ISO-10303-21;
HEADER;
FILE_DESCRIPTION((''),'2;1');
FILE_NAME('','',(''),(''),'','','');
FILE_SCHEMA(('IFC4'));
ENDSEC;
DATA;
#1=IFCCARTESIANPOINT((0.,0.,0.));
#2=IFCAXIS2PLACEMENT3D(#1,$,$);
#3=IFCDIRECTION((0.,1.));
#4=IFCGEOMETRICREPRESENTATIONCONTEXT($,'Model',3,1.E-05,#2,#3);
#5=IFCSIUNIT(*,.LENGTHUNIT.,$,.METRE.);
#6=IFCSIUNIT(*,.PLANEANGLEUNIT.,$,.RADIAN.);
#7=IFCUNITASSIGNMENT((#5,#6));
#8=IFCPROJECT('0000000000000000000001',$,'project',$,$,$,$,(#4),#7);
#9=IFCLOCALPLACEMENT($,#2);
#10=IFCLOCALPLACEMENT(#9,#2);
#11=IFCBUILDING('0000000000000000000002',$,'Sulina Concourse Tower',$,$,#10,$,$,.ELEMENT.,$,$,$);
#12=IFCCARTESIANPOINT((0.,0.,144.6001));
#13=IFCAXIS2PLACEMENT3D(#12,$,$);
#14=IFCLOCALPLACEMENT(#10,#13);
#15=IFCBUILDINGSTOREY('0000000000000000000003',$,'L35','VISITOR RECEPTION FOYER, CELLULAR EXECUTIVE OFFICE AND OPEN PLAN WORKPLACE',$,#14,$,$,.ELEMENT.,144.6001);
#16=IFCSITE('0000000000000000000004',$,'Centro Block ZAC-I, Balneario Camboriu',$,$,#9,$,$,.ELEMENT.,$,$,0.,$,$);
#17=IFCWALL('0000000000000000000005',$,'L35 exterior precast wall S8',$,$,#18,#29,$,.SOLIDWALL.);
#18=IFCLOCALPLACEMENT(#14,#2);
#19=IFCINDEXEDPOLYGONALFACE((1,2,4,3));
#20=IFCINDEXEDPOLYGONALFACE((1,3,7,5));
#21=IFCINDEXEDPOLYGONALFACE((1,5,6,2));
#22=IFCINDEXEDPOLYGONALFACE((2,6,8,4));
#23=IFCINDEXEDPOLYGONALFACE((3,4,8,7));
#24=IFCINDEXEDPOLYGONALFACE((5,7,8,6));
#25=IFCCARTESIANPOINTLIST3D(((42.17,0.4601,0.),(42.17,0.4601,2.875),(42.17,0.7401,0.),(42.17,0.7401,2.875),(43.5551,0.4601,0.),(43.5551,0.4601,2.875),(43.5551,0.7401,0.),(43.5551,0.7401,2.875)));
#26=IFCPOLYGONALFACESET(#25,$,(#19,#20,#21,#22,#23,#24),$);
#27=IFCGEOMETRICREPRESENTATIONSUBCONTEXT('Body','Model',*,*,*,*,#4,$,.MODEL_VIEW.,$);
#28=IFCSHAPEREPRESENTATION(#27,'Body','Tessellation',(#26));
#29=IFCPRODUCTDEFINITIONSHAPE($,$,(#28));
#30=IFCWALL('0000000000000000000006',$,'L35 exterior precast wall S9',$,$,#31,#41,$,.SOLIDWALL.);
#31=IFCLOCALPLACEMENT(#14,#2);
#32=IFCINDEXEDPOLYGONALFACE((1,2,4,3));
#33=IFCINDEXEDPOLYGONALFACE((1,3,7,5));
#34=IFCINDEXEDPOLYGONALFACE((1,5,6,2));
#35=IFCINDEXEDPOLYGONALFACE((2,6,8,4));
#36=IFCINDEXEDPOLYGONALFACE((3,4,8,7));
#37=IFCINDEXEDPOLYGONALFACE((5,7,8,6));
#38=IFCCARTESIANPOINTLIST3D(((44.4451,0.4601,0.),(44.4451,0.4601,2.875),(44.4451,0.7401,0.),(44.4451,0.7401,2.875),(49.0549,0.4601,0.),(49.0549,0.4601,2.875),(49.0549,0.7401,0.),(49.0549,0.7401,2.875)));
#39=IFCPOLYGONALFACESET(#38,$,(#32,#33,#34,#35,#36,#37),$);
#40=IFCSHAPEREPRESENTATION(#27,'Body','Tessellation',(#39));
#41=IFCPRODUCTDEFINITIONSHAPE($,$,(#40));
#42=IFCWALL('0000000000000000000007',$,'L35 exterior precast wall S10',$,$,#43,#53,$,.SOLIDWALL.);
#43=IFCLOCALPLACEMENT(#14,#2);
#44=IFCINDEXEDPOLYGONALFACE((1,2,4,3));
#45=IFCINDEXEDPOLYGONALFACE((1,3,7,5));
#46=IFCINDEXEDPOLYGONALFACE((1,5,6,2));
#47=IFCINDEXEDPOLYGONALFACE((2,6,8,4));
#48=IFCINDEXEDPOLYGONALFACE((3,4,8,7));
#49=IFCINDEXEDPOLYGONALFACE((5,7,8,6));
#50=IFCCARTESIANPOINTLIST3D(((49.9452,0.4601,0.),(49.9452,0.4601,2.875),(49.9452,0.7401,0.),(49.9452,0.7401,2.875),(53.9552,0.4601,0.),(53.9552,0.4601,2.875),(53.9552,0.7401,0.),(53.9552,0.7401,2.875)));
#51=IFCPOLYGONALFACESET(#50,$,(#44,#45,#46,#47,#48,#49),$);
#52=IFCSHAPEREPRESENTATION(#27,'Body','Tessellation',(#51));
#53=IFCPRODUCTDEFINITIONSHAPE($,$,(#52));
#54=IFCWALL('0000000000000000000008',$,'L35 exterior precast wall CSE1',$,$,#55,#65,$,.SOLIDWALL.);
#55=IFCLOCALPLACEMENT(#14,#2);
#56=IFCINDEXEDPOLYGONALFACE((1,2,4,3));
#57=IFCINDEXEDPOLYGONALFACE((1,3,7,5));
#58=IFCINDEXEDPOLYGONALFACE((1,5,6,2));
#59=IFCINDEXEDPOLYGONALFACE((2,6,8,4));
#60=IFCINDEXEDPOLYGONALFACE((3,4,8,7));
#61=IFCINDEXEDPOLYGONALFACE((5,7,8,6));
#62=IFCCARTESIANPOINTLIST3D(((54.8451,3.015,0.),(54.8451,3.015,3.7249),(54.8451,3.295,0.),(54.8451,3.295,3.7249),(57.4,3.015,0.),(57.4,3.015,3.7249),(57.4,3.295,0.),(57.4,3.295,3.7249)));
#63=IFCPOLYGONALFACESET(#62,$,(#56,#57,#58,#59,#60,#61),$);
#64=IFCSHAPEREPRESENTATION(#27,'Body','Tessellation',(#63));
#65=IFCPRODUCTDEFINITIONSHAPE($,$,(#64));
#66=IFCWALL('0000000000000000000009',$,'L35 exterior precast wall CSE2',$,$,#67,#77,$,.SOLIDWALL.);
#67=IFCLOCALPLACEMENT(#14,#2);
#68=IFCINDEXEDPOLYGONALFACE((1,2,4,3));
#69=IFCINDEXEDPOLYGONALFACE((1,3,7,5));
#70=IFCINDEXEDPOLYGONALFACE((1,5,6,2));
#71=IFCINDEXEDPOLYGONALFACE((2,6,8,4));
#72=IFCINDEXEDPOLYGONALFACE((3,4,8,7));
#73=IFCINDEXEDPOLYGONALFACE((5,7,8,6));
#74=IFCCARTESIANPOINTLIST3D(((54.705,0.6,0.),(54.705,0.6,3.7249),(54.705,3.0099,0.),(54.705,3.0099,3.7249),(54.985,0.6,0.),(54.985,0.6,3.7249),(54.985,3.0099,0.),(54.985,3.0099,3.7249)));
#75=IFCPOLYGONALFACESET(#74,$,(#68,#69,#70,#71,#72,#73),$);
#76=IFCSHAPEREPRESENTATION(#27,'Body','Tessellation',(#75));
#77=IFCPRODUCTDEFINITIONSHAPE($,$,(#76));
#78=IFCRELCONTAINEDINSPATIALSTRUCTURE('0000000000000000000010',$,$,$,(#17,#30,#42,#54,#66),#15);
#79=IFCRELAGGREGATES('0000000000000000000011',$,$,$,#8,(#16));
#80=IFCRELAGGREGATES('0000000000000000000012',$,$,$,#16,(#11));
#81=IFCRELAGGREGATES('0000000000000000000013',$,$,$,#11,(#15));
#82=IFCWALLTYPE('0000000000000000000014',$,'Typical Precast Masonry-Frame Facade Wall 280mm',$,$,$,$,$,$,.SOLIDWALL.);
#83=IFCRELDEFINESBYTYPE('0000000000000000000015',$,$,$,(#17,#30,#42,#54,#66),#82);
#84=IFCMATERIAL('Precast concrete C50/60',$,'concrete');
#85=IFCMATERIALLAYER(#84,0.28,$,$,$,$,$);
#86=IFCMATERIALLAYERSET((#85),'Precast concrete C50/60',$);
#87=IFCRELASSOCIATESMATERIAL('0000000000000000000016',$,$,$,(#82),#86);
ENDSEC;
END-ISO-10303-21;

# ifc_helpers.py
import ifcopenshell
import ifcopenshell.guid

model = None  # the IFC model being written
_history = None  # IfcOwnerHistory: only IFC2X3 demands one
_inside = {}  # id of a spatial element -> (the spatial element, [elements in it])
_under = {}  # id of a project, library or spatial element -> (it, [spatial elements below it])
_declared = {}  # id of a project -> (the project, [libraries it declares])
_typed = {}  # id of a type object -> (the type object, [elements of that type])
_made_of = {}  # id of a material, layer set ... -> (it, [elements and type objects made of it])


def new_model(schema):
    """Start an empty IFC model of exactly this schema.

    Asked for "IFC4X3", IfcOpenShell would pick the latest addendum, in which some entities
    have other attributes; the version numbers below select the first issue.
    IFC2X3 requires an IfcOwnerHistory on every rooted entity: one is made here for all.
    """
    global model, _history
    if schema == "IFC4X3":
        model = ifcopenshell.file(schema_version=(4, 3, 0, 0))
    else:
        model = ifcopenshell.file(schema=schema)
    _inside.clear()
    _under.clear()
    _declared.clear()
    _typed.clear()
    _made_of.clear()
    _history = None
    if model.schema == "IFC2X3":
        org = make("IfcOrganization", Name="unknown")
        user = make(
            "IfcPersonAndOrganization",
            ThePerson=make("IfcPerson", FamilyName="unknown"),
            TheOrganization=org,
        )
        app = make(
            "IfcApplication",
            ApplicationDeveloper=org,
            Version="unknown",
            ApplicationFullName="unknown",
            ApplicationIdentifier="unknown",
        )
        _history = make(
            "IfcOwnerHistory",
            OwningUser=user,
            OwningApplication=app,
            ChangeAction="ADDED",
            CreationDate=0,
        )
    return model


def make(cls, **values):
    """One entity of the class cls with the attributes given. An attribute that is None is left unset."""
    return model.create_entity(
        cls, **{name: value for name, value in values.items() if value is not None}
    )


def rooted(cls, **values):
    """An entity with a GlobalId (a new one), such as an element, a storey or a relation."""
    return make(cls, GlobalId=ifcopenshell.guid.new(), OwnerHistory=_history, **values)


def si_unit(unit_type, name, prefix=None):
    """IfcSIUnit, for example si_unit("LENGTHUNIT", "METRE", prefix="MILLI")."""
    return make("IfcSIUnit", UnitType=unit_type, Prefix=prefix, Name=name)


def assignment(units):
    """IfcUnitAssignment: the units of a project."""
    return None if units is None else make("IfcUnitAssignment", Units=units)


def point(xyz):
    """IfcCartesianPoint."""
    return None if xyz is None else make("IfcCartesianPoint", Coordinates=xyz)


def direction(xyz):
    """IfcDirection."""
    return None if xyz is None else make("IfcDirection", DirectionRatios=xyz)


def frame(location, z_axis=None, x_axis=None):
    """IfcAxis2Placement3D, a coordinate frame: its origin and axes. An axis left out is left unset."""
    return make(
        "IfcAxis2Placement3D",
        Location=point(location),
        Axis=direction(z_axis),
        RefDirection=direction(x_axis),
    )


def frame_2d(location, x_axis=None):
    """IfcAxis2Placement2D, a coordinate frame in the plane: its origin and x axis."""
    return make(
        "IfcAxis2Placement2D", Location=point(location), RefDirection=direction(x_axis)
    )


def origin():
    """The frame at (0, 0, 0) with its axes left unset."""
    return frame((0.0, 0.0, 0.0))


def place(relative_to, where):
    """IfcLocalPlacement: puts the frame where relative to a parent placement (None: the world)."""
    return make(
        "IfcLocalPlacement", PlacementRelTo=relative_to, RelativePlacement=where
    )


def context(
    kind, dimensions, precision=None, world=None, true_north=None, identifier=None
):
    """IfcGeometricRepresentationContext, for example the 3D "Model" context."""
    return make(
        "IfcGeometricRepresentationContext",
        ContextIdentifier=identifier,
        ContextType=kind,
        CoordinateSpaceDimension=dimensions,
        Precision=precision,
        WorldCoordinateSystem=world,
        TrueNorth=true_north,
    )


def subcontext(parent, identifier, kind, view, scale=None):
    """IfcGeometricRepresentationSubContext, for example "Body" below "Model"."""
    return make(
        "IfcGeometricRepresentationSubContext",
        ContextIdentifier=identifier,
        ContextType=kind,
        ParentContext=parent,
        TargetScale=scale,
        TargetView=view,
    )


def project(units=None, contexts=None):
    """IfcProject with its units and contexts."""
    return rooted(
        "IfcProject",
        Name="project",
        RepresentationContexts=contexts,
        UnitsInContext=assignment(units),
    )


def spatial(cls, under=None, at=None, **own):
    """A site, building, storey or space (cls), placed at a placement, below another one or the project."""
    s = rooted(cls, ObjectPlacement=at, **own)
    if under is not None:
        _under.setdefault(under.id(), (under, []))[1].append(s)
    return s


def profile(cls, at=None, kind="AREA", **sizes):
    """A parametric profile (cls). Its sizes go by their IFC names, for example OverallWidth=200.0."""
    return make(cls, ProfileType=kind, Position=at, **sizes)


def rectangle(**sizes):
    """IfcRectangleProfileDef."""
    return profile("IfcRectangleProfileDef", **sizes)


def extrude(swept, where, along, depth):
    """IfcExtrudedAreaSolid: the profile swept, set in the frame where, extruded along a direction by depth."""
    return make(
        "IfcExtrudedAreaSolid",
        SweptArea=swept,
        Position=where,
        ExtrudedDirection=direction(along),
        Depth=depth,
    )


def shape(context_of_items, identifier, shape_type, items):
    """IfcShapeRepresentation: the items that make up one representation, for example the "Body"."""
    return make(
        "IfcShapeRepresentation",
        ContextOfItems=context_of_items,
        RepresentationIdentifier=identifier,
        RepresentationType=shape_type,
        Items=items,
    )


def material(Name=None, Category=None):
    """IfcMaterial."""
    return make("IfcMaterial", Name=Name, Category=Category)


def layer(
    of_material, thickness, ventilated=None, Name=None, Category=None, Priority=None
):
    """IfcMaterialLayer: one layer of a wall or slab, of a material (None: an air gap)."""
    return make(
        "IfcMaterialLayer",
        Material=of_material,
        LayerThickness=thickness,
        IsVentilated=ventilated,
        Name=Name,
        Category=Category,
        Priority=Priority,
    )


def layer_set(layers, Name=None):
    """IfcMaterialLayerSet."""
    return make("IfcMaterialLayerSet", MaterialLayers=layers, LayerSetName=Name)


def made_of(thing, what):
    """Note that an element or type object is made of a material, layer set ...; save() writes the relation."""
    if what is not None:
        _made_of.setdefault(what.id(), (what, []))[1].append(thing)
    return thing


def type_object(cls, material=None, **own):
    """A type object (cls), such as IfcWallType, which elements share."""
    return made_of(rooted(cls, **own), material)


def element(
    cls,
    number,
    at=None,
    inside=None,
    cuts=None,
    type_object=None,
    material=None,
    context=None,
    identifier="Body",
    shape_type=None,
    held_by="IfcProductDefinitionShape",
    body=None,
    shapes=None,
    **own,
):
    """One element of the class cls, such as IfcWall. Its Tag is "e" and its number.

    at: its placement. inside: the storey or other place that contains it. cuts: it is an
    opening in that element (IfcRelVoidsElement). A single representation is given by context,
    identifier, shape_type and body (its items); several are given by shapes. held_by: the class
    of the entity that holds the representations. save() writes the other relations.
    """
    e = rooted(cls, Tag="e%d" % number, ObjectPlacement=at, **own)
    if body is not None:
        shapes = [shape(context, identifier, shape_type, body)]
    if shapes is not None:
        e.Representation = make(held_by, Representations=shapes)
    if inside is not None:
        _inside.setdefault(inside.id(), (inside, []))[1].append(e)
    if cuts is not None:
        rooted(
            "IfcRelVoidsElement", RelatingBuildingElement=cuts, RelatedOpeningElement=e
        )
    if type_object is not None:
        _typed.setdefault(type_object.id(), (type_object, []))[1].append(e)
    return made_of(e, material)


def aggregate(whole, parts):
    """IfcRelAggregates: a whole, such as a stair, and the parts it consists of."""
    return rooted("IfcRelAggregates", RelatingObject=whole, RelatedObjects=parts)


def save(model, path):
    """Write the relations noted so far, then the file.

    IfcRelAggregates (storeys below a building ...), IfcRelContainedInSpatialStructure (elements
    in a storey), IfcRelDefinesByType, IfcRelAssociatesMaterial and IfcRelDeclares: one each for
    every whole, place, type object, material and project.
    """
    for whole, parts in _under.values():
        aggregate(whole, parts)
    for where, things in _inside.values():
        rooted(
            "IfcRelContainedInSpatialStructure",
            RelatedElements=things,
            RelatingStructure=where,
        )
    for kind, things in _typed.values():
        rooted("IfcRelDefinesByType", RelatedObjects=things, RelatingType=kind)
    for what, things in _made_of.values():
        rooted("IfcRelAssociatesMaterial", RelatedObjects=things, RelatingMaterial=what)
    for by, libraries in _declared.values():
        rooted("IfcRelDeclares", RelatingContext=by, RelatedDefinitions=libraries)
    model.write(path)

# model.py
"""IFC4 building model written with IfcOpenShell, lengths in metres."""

from ifc_helpers import new_model, si_unit, direction, frame, frame_2d, origin, place, context, subcontext, project, spatial, rectangle, extrude, material, layer, layer_set, type_object, element, save


model = new_model("IFC4")

# Units and contexts
model_context = context("Model", 3, precision=1e-05, world=origin(), true_north=direction((0.0, 1.0)))
body_context = subcontext(model_context, "Body", "Model", "MODEL_VIEW")
ifc_project = project(units=[si_unit("LENGTHUNIT", "METRE"), si_unit("PLANEANGLEUNIT", "RADIAN")], contexts=[model_context])

# Site, building, storey
site_placement = place(None, origin())
site = spatial("IfcSite", under=ifc_project, at=site_placement, Name="Centro Block ZAC-I, Balneario Camboriu", CompositionType="ELEMENT", RefElevation=0.0)
building_placement = place(site_placement, origin())
building = spatial("IfcBuilding", under=site, at=building_placement, Name="Sulina Concourse Tower", CompositionType="ELEMENT")
storey_placement = place(building_placement, frame((0.0, 0.0, 144.6001)))
storey = spatial("IfcBuildingStorey", under=building, at=storey_placement, Name="L35", Description="VISITOR RECEPTION FOYER, CELLULAR EXECUTIVE OFFICE AND OPEN PLAN WORKPLACE", CompositionType="ELEMENT", Elevation=144.6001)

# Walls
ifc_material_1 = material(Name="Precast concrete C50/60", Category="concrete")
ifc_layer_1 = layer(ifc_material_1, 0.28)
ifc_layer_set_1 = layer_set([ifc_layer_1], Name="Precast concrete C50/60")
wall_type_1 = type_object("IfcWallType", Name="Typical Precast Masonry-Frame Facade Wall 280mm", PredefinedType="SOLIDWALL", material=ifc_layer_set_1)
wall_1_placement = place(storey_placement, frame((43.5549, 0.6001, 0.0), z_axis=(0.0, 0.0, 1.0), x_axis=(-1.0, 0.0, 0.0)))
element("IfcWall", 1, at=wall_1_placement, inside=storey, type_object=wall_type_1, Name="L35 exterior precast wall S8", PredefinedType="SOLIDWALL", context=body_context, shape_type="SweptSolid", body=[
    extrude(rectangle(XDim=1.385, YDim=0.28, at=frame_2d((0.6924, 0.0))), origin(), (0.0, 0.0, 1.0), 2.875),
])
wall_2_placement = place(storey_placement, frame((49.0549, 0.6001, 0.0), z_axis=(0.0, 0.0, 1.0), x_axis=(-1.0, 0.0, 0.0)))
element("IfcWall", 2, at=wall_2_placement, inside=storey, type_object=wall_type_1, Name="L35 exterior precast wall S9", PredefinedType="SOLIDWALL", context=body_context, shape_type="SweptSolid", body=[
    extrude(rectangle(XDim=4.6099, YDim=0.28, at=frame_2d((2.3049, 0.0))), origin(), (0.0, 0.0, 1.0), 2.875),
])
wall_3_placement = place(storey_placement, frame((53.9551, 0.6001, 0.0), z_axis=(0.0, 0.0, 1.0), x_axis=(-1.0, 0.0, 0.0)))
element("IfcWall", 3, at=wall_3_placement, inside=storey, type_object=wall_type_1, Name="L35 exterior precast wall S10", PredefinedType="SOLIDWALL", context=body_context, shape_type="SweptSolid", body=[
    extrude(rectangle(XDim=4.01, YDim=0.28, at=frame_2d((2.0049, 0.0))), origin(), (0.0, 0.0, 1.0), 2.875),
])
wall_4_placement = place(storey_placement, frame((57.3999, 3.155, 0.0), z_axis=(0.0, 0.0, 1.0), x_axis=(-1.0, 0.0, 0.0)))
element("IfcWall", 4, at=wall_4_placement, inside=storey, type_object=wall_type_1, Name="L35 exterior precast wall CSE1", PredefinedType="SOLIDWALL", context=body_context, shape_type="SweptSolid", body=[
    extrude(rectangle(XDim=2.5549, YDim=0.28, at=frame_2d((1.2773, 0.0))), origin(), (0.0, 0.0, 1.0), 3.7249),
])
wall_5_placement = place(storey_placement, frame((54.845, 3.01, 0.0), z_axis=(0.0, 0.0, 1.0), x_axis=(0.0, -1.0, 0.0)))
element("IfcWall", 5, at=wall_5_placement, inside=storey, type_object=wall_type_1, Name="L35 exterior precast wall CSE2", PredefinedType="SOLIDWALL", context=body_context, shape_type="SweptSolid", body=[
    extrude(rectangle(XDim=2.4099, YDim=0.28, at=frame_2d((1.2051, 0.0))), origin(), (0.0, 0.0, 1.0), 3.7249),
])

save(model, "model.ifc")
